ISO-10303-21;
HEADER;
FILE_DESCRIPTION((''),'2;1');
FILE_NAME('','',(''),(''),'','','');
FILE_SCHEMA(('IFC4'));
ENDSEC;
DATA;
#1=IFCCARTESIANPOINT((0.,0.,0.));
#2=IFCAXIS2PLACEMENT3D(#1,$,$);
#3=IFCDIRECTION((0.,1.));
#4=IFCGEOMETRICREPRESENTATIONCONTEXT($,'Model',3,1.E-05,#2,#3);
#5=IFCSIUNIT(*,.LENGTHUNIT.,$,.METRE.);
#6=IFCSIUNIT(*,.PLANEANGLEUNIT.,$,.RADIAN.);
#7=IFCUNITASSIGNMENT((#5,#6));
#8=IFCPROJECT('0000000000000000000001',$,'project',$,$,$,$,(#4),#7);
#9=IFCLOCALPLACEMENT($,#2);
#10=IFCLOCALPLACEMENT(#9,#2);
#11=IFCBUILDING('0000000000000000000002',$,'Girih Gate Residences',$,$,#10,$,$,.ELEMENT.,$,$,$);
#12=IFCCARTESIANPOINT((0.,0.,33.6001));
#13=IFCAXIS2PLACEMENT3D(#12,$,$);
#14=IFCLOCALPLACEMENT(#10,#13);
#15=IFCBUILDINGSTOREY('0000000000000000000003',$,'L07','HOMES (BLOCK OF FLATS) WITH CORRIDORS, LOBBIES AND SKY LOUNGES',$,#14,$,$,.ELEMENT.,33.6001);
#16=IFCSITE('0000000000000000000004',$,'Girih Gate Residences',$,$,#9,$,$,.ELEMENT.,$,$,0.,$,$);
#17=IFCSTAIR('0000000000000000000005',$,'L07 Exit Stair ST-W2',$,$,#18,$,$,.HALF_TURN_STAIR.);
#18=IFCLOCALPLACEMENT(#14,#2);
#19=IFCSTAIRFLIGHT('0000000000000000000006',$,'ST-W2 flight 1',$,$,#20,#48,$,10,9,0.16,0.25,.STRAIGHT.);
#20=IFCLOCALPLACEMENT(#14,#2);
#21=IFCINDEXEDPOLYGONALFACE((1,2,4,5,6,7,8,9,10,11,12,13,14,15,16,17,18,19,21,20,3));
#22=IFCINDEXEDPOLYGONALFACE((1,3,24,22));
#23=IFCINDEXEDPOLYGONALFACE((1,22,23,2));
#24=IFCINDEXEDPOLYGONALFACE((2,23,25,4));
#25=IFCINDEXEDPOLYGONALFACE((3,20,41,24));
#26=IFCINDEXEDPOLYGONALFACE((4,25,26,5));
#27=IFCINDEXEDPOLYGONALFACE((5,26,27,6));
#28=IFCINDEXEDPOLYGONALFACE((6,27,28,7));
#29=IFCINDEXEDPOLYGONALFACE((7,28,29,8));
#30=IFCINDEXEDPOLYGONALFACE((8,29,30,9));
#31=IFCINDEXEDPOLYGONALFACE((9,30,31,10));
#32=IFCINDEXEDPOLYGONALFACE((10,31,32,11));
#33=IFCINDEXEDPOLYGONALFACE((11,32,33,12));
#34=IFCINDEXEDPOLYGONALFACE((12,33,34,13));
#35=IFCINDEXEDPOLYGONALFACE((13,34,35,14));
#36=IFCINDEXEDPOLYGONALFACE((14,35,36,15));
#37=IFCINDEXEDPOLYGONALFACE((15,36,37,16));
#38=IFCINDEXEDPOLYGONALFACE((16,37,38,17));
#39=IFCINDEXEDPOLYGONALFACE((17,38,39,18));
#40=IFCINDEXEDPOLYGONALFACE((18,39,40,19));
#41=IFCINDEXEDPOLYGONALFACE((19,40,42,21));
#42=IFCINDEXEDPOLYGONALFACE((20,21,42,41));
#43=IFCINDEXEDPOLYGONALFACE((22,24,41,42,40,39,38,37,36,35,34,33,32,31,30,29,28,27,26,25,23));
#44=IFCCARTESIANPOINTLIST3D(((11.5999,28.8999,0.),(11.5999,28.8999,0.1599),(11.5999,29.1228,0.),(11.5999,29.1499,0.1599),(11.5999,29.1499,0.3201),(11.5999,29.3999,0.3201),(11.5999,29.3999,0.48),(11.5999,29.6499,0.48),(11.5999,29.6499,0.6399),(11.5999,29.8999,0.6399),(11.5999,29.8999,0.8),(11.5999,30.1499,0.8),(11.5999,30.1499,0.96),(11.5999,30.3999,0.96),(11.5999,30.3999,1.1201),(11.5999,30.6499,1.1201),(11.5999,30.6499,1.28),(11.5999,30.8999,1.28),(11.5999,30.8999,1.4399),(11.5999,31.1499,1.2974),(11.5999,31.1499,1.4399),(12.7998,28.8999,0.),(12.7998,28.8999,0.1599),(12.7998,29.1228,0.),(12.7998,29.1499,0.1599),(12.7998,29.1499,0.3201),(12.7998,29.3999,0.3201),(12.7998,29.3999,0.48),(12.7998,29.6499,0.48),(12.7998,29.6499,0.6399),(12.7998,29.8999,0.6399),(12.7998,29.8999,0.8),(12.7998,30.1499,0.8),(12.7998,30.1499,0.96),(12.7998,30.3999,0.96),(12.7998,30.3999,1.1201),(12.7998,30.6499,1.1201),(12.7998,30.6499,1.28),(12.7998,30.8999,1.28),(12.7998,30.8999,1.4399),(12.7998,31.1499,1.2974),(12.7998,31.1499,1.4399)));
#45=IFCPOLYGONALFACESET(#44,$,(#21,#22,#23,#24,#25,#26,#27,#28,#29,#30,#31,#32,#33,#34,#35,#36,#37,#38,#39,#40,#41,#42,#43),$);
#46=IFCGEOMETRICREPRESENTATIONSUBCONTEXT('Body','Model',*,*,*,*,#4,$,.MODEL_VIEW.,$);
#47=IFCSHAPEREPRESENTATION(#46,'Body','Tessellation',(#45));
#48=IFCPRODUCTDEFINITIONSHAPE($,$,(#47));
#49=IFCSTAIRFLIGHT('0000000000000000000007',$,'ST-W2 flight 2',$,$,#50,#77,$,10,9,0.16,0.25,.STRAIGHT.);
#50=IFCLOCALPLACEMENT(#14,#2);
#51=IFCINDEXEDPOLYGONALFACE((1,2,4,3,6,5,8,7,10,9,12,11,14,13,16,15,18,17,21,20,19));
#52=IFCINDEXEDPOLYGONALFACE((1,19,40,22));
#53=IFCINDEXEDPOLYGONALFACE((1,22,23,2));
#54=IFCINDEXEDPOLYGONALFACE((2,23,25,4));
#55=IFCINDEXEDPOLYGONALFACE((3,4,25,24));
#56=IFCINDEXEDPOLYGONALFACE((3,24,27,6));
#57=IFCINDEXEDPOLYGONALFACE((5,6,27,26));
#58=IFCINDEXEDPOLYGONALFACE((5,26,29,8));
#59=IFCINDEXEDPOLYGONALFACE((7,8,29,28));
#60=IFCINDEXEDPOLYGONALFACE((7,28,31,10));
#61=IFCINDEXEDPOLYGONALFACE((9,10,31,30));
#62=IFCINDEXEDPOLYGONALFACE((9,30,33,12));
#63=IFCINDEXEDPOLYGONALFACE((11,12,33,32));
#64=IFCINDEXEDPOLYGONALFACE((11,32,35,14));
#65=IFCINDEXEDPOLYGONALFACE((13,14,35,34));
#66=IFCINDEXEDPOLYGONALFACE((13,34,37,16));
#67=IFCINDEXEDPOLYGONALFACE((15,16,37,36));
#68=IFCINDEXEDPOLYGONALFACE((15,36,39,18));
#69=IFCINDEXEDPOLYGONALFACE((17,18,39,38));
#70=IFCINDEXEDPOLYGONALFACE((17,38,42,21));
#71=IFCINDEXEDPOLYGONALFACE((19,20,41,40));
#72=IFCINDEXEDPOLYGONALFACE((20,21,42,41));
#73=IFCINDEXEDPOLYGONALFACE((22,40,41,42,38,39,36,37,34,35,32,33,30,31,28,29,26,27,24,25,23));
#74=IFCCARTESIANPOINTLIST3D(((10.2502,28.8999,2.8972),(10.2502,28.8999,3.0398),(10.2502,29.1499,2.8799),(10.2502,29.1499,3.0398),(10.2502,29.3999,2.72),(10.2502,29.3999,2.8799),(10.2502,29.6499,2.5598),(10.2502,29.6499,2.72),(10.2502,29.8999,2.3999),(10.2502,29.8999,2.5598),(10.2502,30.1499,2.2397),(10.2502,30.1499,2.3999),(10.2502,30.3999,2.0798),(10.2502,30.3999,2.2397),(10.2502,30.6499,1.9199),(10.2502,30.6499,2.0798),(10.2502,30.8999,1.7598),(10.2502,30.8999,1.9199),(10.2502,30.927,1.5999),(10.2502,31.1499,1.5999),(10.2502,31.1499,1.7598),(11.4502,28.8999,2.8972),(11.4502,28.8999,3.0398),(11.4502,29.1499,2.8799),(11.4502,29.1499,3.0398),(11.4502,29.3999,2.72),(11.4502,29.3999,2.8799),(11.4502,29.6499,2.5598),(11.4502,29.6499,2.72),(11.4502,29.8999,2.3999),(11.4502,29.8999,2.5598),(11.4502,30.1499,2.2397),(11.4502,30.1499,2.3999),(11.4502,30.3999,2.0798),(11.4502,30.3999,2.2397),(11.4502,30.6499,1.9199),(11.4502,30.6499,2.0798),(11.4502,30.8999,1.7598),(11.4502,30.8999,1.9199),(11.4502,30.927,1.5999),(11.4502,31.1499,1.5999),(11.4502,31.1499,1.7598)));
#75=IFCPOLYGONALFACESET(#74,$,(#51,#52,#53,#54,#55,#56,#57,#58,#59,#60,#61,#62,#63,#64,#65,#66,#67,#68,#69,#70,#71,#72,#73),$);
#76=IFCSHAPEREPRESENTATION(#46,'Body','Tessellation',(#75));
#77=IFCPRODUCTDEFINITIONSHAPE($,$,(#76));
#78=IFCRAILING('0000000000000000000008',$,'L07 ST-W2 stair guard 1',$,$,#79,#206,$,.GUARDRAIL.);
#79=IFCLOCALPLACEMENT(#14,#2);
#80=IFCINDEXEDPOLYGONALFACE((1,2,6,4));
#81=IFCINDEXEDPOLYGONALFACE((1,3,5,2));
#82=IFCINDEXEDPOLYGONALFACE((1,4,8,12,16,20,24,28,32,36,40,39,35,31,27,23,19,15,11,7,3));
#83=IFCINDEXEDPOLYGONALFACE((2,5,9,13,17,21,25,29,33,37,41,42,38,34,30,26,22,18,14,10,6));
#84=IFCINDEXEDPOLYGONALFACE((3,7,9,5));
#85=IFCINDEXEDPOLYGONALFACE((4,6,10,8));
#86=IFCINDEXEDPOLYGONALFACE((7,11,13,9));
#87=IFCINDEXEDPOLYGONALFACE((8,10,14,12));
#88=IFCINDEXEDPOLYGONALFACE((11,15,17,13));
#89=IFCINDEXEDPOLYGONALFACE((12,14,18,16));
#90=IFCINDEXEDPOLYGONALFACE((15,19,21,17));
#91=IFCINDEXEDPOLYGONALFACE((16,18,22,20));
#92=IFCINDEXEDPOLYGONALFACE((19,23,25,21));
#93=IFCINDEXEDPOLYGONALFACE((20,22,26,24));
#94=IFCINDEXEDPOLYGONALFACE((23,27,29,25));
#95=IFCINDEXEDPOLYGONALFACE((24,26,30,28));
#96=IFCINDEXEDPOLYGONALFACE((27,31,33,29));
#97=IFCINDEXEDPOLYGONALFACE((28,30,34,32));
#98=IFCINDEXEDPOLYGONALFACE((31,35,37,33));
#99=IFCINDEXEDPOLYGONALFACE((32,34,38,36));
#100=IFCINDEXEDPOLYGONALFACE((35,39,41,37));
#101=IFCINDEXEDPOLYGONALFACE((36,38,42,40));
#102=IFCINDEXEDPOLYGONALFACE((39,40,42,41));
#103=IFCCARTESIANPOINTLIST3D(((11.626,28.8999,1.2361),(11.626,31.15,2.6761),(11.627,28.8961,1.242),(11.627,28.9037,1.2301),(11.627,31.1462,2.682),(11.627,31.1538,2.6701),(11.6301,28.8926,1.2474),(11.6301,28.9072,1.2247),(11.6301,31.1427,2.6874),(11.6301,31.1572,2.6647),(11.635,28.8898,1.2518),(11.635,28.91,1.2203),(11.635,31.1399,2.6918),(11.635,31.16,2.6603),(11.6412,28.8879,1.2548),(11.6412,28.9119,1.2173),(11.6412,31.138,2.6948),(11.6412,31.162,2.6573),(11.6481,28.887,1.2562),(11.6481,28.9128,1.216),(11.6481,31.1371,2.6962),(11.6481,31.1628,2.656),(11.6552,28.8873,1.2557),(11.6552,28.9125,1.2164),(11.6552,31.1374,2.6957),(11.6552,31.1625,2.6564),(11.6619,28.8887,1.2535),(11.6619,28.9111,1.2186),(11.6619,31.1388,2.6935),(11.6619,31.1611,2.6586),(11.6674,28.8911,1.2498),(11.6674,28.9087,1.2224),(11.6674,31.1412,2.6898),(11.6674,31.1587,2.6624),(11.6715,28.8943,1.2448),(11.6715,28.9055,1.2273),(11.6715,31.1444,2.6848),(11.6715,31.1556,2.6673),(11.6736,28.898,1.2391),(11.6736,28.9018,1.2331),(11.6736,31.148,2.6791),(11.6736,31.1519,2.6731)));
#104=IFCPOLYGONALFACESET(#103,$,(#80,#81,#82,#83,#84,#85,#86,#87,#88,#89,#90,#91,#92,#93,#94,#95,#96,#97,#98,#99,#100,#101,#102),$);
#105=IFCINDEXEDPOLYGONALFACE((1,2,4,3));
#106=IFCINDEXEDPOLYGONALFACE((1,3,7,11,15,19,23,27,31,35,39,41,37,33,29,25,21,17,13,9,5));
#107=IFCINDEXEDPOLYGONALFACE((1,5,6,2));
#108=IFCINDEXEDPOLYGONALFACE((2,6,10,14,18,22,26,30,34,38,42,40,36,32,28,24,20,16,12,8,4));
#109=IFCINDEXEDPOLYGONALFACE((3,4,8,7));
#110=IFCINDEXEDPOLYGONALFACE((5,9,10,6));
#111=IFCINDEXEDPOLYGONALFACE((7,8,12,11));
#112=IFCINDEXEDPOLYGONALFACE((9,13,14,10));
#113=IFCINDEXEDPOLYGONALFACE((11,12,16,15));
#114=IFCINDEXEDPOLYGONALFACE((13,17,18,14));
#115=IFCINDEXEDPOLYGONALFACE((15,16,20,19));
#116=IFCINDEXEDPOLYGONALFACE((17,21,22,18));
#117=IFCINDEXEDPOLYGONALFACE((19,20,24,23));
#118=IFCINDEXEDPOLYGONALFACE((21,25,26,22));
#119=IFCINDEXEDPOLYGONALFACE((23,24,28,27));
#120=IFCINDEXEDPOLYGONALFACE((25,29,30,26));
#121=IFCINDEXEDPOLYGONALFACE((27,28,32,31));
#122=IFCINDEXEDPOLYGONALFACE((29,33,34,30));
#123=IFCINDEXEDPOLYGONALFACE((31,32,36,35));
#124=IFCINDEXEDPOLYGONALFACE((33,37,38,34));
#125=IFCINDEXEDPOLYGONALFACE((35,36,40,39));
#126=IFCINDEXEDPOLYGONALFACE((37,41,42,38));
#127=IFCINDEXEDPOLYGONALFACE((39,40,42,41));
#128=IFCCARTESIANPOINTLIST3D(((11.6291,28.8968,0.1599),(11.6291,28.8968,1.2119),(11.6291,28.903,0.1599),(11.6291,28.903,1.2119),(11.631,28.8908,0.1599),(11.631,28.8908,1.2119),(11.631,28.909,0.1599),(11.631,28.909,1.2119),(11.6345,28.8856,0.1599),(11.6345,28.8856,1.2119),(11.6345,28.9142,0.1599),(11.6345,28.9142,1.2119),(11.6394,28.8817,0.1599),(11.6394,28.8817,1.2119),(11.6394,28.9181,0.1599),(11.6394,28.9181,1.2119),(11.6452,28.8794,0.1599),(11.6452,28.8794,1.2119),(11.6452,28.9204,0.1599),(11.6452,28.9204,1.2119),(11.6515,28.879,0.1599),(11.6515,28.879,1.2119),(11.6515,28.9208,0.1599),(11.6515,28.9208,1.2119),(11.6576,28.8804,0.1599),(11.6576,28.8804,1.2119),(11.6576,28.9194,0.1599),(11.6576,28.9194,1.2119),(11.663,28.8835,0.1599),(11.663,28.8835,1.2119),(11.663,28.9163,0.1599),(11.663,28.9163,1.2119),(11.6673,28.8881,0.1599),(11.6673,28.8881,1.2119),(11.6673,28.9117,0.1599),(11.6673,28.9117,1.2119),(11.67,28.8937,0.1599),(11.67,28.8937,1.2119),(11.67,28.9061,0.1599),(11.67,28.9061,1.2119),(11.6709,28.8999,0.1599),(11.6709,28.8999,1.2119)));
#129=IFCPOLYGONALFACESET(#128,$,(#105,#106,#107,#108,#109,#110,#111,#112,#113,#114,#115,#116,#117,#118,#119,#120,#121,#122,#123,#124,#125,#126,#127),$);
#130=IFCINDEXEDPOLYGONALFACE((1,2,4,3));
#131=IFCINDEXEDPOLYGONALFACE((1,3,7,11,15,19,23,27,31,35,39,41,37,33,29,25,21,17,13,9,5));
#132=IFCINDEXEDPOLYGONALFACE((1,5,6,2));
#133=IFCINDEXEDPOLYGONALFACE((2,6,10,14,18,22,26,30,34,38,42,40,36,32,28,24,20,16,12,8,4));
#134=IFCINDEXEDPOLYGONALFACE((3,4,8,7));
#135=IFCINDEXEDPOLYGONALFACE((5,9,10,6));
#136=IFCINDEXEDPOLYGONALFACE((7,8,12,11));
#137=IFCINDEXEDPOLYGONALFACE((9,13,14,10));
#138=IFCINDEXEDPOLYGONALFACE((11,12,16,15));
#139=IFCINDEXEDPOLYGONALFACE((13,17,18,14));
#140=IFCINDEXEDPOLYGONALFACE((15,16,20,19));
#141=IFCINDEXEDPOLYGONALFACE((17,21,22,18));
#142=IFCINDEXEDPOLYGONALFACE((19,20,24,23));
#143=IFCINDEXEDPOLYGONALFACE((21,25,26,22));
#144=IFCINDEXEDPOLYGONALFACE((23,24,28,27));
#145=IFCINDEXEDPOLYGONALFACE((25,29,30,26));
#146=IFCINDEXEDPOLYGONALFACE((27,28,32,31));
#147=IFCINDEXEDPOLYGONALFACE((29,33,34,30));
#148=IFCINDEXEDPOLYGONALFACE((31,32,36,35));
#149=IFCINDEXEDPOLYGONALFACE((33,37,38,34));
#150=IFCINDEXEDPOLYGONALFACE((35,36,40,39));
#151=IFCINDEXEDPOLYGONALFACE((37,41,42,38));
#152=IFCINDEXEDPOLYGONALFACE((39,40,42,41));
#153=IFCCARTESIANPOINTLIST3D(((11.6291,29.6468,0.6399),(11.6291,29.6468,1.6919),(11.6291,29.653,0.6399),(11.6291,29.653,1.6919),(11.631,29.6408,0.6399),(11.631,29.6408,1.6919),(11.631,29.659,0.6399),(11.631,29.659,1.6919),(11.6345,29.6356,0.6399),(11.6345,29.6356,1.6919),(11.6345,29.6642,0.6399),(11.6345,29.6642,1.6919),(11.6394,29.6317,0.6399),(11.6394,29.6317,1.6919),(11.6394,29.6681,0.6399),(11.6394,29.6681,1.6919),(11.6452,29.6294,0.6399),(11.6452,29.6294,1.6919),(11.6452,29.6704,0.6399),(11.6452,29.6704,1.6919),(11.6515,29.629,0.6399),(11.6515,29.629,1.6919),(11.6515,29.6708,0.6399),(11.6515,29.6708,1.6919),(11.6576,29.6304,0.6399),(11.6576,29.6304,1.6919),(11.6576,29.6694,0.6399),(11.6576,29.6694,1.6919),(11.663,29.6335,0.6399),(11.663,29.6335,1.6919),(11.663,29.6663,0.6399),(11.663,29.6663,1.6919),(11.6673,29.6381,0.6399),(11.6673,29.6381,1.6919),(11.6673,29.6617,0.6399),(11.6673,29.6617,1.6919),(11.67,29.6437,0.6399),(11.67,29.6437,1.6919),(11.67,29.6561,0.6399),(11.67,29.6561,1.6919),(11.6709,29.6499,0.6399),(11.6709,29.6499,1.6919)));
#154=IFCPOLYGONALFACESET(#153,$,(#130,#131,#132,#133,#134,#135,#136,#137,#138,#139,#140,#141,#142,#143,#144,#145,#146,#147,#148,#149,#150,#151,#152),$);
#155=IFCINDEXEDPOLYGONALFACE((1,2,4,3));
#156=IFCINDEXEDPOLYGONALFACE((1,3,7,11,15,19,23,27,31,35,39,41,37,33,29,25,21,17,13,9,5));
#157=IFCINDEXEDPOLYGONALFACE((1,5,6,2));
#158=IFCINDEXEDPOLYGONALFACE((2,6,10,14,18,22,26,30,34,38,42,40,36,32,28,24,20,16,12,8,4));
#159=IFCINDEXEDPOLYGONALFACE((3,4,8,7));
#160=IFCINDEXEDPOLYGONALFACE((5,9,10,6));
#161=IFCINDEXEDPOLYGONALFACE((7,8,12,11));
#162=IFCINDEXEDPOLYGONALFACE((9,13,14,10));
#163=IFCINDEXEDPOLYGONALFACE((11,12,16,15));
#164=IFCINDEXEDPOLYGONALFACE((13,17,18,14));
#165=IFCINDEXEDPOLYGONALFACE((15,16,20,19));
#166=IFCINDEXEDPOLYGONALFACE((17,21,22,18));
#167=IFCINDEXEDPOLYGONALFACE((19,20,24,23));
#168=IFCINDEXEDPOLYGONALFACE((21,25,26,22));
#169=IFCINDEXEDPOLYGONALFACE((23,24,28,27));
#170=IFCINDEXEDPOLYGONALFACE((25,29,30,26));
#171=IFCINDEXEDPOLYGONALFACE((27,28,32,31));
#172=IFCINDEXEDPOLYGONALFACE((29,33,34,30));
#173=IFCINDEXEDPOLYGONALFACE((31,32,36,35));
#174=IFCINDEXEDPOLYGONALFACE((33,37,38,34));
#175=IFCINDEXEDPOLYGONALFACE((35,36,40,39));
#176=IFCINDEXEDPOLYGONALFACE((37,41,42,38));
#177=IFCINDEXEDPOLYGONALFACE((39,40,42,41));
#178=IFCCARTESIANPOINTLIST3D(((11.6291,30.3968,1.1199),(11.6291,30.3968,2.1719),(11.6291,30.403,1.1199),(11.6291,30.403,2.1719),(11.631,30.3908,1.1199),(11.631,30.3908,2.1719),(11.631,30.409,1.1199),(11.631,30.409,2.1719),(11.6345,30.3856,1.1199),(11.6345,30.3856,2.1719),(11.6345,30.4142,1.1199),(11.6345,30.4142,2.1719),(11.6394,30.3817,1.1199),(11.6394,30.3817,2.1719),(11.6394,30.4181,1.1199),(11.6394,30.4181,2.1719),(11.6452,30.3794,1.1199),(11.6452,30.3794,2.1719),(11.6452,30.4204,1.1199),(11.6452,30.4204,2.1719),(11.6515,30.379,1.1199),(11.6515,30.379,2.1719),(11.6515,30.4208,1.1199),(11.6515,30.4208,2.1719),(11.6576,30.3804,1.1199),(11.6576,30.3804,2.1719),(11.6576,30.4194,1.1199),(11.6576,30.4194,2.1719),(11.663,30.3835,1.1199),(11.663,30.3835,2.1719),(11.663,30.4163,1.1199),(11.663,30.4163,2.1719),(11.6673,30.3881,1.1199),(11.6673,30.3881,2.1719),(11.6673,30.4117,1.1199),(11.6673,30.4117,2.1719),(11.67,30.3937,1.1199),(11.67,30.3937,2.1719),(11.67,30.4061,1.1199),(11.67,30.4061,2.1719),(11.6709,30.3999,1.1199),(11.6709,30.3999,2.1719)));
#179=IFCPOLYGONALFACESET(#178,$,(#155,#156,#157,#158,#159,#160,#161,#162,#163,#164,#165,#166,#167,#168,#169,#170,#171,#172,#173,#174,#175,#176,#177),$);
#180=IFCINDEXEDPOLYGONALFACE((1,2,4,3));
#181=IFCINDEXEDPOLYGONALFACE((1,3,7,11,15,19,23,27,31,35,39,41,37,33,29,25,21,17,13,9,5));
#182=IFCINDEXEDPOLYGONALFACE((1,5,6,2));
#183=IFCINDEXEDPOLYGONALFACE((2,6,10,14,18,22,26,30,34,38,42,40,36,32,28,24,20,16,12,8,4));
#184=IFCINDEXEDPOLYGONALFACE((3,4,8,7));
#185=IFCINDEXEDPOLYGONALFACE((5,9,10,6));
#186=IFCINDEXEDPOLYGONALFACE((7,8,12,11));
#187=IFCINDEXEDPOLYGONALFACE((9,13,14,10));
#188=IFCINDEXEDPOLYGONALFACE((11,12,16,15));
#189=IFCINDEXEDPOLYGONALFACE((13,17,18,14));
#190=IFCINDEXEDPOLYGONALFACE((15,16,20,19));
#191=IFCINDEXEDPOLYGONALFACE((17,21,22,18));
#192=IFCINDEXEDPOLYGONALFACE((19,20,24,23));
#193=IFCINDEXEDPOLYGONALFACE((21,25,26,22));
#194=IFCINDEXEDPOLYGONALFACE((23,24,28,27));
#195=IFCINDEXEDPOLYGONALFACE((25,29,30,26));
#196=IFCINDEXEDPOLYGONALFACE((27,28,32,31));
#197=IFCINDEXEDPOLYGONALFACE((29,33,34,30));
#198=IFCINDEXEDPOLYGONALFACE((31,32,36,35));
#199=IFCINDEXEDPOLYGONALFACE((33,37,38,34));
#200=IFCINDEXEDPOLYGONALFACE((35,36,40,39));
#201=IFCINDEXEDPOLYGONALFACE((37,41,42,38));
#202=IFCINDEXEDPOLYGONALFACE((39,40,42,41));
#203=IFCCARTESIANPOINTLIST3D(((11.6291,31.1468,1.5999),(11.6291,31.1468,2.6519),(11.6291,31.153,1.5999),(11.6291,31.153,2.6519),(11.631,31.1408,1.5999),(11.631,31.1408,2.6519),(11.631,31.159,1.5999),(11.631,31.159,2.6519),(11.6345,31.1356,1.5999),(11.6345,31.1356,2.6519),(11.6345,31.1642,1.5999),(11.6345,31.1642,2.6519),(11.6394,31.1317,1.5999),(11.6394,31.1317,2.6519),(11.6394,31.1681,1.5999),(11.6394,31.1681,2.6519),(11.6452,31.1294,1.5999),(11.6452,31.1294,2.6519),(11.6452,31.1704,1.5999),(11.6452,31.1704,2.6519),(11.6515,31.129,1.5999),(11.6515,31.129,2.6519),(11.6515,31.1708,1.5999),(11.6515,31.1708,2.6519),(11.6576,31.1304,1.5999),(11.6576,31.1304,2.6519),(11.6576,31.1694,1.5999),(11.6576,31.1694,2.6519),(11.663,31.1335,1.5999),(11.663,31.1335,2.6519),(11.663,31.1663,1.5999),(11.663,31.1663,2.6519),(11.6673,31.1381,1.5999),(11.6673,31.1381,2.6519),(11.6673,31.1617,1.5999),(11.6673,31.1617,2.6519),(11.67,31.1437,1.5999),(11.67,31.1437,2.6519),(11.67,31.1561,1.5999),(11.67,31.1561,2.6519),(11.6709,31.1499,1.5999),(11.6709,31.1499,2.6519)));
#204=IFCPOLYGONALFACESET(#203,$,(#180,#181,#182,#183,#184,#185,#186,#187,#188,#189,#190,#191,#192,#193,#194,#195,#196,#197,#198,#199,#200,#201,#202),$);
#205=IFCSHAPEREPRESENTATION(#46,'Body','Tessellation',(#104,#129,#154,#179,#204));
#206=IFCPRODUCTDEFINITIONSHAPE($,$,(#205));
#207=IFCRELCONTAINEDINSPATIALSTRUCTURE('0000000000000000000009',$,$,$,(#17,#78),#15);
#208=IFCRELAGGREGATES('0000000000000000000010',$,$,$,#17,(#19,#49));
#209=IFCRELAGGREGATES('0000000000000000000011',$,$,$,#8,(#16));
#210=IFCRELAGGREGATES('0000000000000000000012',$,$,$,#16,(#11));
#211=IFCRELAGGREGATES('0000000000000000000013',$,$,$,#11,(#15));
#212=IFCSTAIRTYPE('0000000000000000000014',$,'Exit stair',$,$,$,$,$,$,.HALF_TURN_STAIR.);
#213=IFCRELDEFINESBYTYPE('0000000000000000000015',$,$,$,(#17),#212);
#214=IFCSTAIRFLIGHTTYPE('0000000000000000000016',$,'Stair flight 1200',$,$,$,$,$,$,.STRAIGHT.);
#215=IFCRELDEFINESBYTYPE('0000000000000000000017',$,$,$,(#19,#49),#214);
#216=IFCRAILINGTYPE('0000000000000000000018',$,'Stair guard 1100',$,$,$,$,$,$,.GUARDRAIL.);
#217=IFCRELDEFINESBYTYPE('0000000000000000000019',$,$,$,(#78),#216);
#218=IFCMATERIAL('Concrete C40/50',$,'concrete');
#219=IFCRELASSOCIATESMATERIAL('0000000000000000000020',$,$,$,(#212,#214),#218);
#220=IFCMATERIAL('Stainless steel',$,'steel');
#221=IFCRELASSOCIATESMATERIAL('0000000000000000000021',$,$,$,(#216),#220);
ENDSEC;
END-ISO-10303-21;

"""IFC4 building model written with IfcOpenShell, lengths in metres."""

from ifc_helpers import new_model, si_unit, direction, frame, origin, origin_2d, place, context, subcontext, project, spatial, polyline, circle, outline, extrude, material, type_object, element, aggregate, save


model = new_model("IFC4")

# Units and contexts
model_context = context("Model", 3, precision=1e-05, world=origin(), true_north=direction((0.0, 1.0)))
body_context = subcontext(model_context, "Body", "Model", "MODEL_VIEW")
ifc_project = project(units=[si_unit("LENGTHUNIT", "METRE"), si_unit("PLANEANGLEUNIT", "RADIAN")], contexts=[model_context])

# Site, building, storey
site_placement = place(None, origin())
site = spatial("IfcSite", under=ifc_project, at=site_placement, Name="Girih Gate Residences", CompositionType="ELEMENT", RefElevation=0.0)
building_placement = place(site_placement, origin())
building = spatial("IfcBuilding", under=site, at=building_placement, Name="Girih Gate Residences", CompositionType="ELEMENT")
storey_placement = place(building_placement, frame((0.0, 0.0, 33.6001)))
storey = spatial("IfcBuildingStorey", under=building, at=storey_placement, Name="L07", Description="HOMES (BLOCK OF FLATS) WITH CORRIDORS, LOBBIES AND SKY LOUNGES", CompositionType="ELEMENT", Elevation=33.6001)

# Shared definitions
ifc_material_1 = material(Name="Concrete C40/50", Category="concrete")

# Stair, stair flights
stair_type = type_object("IfcStairType", Name="Exit stair", PredefinedType="HALF_TURN_STAIR", material=ifc_material_1)
stair_placement = place(storey_placement, origin())
stair = element("IfcStair", 1, at=stair_placement, inside=storey, type_object=stair_type, Name="L07 Exit Stair ST-W2", PredefinedType="HALF_TURN_STAIR")
stair_flight_type = type_object("IfcStairFlightType", Name="Stair flight 1200", PredefinedType="STRAIGHT", material=ifc_material_1)
stair_flight_1_placement = place(storey_placement, frame((12.2, 28.8999, 0.0), z_axis=(0.0, 0.0, 1.0), x_axis=(0.0, 1.0, 0.0)))
stair_flight_1 = element("IfcStairFlight", 2, at=stair_flight_1_placement, type_object=stair_flight_type, Name="ST-W2 flight 1", NumberOfRisers=10, NumberOfTreads=9, PredefinedType="STRAIGHT", RiserHeight=0.16, TreadLength=0.25, context=body_context, shape_type="SweptSolid", body=[
    extrude(outline(polyline([(0.0, 0.0), (0.0, 0.1599), (0.25, 0.1599), (0.25, 0.3201), (0.5, 0.3201), (0.5, 0.48), (0.75, 0.48), (0.75, 0.6399), (1.0, 0.6399), (1.0, 0.8), (1.25, 0.8), (1.25, 0.96), (1.5, 0.96), (1.5, 1.1201), (1.75, 1.1201), (1.75, 1.28), (2.0, 1.28), (2.0, 1.4399), (2.25, 1.4399), (2.25, 1.6001), (2.25, 1.2974), (0.2229, 0.0), (0.0, 0.0)])), frame((0.0, 0.6001, 0.0), z_axis=(0.0, -1.0, 0.0), x_axis=(1.0, 0.0, 0.0)), (0.0, 0.0, 1.0), 1.2),
])
stair_flight_2_placement = place(storey_placement, frame((10.8501, 31.1499, 1.5999), z_axis=(0.0, 0.0, 1.0), x_axis=(0.0, -1.0, 0.0)))
stair_flight_2 = element("IfcStairFlight", 3, at=stair_flight_2_placement, type_object=stair_flight_type, Name="ST-W2 flight 2", NumberOfRisers=10, NumberOfTreads=9, PredefinedType="STRAIGHT", RiserHeight=0.16, TreadLength=0.25, context=body_context, shape_type="SweptSolid", body=[
    extrude(outline(polyline([(0.0, 0.0), (0.0, 0.1599), (0.25, 0.1599), (0.25, 0.3201), (0.5, 0.3201), (0.5, 0.48), (0.75, 0.48), (0.75, 0.6399), (1.0, 0.6399), (1.0, 0.8), (1.25, 0.8), (1.25, 0.96), (1.5, 0.96), (1.5, 1.1201), (1.75, 1.1201), (1.75, 1.28), (2.0, 1.28), (2.0, 1.4399), (2.25, 1.4399), (2.25, 1.6001), (2.25, 1.2974), (0.2229, 0.0), (0.0, 0.0)])), frame((0.0, 0.6001, 0.0), z_axis=(0.0, -1.0, 0.0), x_axis=(1.0, 0.0, 0.0)), (0.0, 0.0, 1.0), 1.2),
])
aggregate(stair, [stair_flight_1, stair_flight_2])

# Railing
ifc_material_2 = material(Name="Stainless steel", Category="steel")
railing_type_1 = type_object("IfcRailingType", Name="Stair guard 1100", PredefinedType="GUARDRAIL", material=ifc_material_2)
railing_1_placement = place(storey_placement, frame((11.6499, 28.8999, 0.1599)))
element("IfcRailing", 4, at=railing_1_placement, inside=storey, type_object=railing_type_1, Name="L07 ST-W2 stair guard 1", PredefinedType="GUARDRAIL", context=body_context, shape_type="SweptSolid", body=[
    extrude(circle(Radius=0.0239, at=origin_2d()), frame((0.0, 0.0, 1.0762), z_axis=(0.0, 0.842281, 0.539038), x_axis=(-1.0, 0.0, 0.0)), (0.0, 0.0, 1.0), 2.6714),
    extrude(circle(Radius=0.021, at=origin_2d()), origin(), (0.0, 0.0, 1.0), 1.052),
    extrude(circle(Radius=0.021, at=origin_2d()), frame((0.0, 0.75, 0.48)), (0.0, 0.0, 1.0), 1.052),
    extrude(circle(Radius=0.021, at=origin_2d()), frame((0.0, 1.5, 0.96)), (0.0, 0.0, 1.0), 1.052),
    extrude(circle(Radius=0.021, at=origin_2d()), frame((0.0, 2.25, 1.4399)), (0.0, 0.0, 1.0), 1.052),
])

save(model, "model.ifc")
